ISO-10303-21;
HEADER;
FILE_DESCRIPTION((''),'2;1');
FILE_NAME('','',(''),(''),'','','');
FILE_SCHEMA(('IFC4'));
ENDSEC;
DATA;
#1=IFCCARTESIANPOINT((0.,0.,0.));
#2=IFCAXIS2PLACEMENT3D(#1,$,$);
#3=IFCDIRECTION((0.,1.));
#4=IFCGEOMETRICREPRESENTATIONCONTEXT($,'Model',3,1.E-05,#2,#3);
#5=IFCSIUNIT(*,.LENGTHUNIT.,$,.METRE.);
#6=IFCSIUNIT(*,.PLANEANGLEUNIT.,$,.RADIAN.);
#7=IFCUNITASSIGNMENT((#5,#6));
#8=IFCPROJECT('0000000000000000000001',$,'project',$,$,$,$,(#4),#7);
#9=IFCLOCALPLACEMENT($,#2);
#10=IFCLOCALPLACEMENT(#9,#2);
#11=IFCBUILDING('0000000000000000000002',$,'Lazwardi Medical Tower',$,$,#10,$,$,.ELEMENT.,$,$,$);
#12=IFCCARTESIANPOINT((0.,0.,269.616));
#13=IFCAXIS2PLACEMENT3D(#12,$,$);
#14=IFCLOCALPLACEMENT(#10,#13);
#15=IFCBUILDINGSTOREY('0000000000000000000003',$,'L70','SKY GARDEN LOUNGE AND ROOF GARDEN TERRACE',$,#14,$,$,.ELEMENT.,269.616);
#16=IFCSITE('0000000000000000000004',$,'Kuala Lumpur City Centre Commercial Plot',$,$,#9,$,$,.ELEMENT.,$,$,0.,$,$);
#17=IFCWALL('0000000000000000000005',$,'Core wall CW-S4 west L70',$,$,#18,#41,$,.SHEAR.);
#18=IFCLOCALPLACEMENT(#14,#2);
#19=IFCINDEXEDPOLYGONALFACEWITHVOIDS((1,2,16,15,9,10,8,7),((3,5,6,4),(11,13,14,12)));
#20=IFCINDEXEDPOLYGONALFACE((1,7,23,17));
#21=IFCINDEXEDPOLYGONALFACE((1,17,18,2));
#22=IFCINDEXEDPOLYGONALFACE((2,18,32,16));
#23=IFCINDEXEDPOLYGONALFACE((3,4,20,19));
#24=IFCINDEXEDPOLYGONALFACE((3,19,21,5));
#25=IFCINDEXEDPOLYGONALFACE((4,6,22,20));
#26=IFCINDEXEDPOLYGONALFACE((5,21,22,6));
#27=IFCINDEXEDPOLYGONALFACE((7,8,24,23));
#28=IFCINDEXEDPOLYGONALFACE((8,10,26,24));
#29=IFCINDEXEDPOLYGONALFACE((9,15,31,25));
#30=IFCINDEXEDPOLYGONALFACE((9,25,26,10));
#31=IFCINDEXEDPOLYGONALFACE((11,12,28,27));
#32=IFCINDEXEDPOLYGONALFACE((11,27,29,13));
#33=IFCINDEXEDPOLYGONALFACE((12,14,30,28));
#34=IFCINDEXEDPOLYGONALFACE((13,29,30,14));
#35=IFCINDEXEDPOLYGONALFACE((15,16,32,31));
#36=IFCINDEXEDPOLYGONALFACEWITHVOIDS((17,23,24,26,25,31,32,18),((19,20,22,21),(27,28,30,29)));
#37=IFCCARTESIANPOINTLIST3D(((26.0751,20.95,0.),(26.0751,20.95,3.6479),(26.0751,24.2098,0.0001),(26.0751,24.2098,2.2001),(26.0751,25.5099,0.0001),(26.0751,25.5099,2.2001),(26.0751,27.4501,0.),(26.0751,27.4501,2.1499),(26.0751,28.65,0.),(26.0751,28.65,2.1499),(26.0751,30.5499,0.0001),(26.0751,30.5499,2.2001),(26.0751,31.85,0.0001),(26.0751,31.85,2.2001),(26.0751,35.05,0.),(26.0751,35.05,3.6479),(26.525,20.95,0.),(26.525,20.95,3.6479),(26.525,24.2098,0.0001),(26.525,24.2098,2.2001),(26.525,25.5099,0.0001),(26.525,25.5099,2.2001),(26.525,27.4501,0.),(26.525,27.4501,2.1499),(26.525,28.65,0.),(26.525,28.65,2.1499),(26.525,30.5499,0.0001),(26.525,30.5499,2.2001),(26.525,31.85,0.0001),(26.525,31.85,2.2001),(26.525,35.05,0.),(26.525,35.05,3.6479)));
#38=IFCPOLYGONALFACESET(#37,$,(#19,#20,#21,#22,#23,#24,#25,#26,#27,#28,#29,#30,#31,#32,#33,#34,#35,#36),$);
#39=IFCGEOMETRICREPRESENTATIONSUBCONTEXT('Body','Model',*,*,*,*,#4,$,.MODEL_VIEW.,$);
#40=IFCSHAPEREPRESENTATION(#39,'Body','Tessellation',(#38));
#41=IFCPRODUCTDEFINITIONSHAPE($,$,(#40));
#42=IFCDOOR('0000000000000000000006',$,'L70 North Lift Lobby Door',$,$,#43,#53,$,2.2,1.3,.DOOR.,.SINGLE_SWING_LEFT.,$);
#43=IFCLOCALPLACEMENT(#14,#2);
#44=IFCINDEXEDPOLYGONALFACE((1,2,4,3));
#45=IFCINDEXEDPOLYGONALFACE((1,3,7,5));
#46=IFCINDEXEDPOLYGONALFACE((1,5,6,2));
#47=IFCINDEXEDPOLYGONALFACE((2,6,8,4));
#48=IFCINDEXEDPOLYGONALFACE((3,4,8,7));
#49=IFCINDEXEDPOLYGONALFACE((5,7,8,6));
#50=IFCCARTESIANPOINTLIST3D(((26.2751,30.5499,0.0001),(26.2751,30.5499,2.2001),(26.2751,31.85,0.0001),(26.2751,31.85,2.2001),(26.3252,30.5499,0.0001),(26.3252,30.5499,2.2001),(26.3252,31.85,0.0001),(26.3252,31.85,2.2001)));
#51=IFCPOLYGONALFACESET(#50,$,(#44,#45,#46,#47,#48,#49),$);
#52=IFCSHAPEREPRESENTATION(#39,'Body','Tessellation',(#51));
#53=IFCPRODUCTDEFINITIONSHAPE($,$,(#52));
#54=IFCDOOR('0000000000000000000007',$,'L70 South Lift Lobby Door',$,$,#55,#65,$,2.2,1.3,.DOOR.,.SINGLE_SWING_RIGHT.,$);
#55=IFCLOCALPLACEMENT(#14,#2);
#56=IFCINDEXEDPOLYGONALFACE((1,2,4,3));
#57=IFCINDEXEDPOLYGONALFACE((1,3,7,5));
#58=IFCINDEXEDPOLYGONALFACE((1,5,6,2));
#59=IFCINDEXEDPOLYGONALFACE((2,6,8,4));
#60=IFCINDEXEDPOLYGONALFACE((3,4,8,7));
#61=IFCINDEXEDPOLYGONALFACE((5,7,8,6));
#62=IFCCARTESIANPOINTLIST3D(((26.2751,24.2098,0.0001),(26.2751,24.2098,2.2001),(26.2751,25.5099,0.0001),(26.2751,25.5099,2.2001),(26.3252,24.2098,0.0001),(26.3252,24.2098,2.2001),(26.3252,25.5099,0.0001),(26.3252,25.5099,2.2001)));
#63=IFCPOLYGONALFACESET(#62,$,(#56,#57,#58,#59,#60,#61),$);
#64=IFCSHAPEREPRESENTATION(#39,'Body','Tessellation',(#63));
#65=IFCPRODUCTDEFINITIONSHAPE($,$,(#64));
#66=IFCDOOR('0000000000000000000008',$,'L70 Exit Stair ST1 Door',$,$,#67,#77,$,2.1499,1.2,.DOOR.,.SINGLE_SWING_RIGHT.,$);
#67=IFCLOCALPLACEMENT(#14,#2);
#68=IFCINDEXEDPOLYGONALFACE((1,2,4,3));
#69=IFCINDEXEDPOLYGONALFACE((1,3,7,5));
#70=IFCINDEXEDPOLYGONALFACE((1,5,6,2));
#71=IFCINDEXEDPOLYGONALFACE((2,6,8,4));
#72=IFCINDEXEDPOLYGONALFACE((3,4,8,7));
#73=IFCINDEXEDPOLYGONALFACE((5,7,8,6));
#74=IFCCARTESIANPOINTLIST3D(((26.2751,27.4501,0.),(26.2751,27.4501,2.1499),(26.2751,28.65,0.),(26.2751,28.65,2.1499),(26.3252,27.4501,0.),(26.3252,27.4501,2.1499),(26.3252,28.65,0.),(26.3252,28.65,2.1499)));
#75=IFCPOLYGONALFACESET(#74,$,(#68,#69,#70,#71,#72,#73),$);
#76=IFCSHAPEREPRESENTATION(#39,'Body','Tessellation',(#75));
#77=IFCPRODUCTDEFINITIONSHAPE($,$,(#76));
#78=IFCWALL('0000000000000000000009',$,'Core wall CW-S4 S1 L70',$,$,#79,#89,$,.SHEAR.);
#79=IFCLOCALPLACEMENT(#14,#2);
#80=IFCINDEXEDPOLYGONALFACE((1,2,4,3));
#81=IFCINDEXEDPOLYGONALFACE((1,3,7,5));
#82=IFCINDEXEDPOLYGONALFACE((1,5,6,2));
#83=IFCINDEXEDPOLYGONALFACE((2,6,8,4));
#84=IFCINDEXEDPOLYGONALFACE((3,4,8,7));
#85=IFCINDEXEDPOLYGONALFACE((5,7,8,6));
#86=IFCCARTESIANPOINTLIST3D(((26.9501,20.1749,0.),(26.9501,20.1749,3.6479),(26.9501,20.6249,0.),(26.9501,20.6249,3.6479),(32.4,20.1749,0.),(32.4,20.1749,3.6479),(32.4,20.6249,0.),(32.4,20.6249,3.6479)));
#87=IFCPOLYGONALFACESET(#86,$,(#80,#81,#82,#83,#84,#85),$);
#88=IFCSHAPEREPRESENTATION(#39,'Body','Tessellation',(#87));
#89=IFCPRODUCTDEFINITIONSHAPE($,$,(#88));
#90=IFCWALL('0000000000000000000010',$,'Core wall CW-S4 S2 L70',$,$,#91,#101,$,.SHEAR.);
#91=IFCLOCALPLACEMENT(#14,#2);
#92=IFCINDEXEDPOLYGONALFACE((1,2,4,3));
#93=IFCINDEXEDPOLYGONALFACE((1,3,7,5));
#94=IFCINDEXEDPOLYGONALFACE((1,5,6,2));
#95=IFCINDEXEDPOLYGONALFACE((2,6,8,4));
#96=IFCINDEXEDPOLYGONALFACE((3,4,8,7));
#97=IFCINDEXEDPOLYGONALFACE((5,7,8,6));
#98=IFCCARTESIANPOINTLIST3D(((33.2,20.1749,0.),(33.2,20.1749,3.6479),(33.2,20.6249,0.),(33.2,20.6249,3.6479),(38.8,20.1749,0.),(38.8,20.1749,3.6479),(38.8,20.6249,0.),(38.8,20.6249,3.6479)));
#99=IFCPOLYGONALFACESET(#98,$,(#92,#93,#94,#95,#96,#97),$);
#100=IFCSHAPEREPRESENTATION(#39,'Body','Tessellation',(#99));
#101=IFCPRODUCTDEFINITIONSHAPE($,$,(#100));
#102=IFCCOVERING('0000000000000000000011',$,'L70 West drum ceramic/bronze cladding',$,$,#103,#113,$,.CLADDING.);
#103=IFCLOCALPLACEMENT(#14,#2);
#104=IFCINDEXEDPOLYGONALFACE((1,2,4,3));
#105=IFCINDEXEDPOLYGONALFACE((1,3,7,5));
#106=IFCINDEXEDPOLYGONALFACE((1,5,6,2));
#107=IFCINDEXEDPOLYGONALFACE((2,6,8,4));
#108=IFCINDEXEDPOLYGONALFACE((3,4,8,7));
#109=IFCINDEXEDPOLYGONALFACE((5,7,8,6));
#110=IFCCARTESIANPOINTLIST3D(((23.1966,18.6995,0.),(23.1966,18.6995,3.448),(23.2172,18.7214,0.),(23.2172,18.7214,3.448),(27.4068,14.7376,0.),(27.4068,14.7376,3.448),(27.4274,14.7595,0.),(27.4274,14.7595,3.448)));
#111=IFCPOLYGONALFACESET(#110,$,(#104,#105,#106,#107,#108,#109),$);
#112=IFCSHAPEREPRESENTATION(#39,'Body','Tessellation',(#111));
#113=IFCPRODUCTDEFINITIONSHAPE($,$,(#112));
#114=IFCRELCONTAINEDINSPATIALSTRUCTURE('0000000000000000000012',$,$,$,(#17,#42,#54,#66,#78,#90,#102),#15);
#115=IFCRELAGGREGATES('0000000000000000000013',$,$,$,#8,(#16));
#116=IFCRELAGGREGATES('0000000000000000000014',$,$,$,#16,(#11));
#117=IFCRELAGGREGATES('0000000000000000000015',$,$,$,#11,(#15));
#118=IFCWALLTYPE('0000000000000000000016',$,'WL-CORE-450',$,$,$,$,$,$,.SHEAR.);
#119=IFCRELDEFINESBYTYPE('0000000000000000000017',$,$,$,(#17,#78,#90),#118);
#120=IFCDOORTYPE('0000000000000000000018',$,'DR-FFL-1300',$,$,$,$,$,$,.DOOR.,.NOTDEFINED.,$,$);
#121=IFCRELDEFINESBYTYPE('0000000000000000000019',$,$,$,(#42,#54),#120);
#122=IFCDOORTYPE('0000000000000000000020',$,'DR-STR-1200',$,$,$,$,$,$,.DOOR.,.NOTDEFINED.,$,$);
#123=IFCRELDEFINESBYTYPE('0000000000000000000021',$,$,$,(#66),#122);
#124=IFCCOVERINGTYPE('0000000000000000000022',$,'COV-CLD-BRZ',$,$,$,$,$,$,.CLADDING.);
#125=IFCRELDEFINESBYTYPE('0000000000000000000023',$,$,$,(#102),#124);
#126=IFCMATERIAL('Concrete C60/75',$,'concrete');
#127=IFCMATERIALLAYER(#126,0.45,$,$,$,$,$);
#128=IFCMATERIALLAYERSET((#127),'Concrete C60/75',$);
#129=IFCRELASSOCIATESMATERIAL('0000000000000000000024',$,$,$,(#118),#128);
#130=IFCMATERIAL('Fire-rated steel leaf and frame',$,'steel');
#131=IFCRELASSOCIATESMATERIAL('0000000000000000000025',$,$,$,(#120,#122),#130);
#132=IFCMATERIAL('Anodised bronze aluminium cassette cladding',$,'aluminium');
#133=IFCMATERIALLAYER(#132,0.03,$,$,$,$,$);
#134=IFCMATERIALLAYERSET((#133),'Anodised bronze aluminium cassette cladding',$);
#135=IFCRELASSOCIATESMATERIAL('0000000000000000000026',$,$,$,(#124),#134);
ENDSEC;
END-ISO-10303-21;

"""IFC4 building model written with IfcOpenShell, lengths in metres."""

from ifc_helpers import new_model, si_unit, direction, frame, frame_2d, origin, origin_2d, place, context, subcontext, project, spatial, rectangle, extrude, material, layer, layer_set, type_object, element, fill, save


model = new_model("IFC4")

# Units and contexts
model_context = context("Model", 3, precision=1e-05, world=origin(), true_north=direction((0.0, 1.0)))
body_context = subcontext(model_context, "Body", "Model", "MODEL_VIEW")
ifc_project = project(units=[si_unit("LENGTHUNIT", "METRE"), si_unit("PLANEANGLEUNIT", "RADIAN")], contexts=[model_context])

# Site, building, storey
site_placement = place(None, origin())
site = spatial("IfcSite", under=ifc_project, at=site_placement, Name="Kuala Lumpur City Centre Commercial Plot", CompositionType="ELEMENT", RefElevation=0.0)
building_placement = place(site_placement, origin())
building = spatial("IfcBuilding", under=site, at=building_placement, Name="Lazwardi Medical Tower", CompositionType="ELEMENT")
storey_placement = place(building_placement, frame((0.0, 0.0, 269.616)))
storey = spatial("IfcBuildingStorey", under=building, at=storey_placement, Name="L70", Description="SKY GARDEN LOUNGE AND ROOF GARDEN TERRACE", CompositionType="ELEMENT", Elevation=269.616)

# Shared definitions
ifc_material_1 = material(Name="Concrete C60/75", Category="concrete")

# Wall, openings, doors
ifc_layer_1 = layer(ifc_material_1, 0.45)
ifc_layer_set_1 = layer_set([ifc_layer_1], Name="Concrete C60/75")
wall_type_1 = type_object("IfcWallType", Name="WL-CORE-450", PredefinedType="SHEAR", material=ifc_layer_set_1)
wall_1_placement = place(storey_placement, frame((26.3, 20.95, 0.0), z_axis=(0.0, 0.0, 1.0), x_axis=(0.0, 1.0, 0.0)))
wall_1 = element("IfcWall", 1, at=wall_1_placement, inside=storey, type_object=wall_type_1, Name="Core wall CW-S4 west L70", PredefinedType="SHEAR", context=body_context, shape_type="SweptSolid", body=[
    extrude(rectangle(XDim=14.1001, YDim=0.45, at=frame_2d((7.05, 0.0))), origin(), (0.0, 0.0, 1.0), 3.6479),
])
opening_1_placement = place(wall_1_placement, frame((6.5, 0.0, 0.0)))
opening_1 = element("IfcOpeningElement", 2, at=opening_1_placement, cuts=wall_1, PredefinedType="OPENING", context=body_context, shape_type="SweptSolid", body=[
    extrude(rectangle(XDim=1.2, YDim=2.1499, at=frame_2d((0.6001, 1.075))), frame((0.0, 0.2349, 0.0), z_axis=(0.0, -1.0, 0.0), x_axis=(1.0, 0.0, 0.0)), (0.0, 0.0, 1.0), 0.47),
])
opening_2_placement = place(wall_1_placement, frame((9.6001, 0.0, 0.0)))
opening_2 = element("IfcOpeningElement", 3, at=opening_2_placement, cuts=wall_1, PredefinedType="OPENING", context=body_context, shape_type="SweptSolid", body=[
    extrude(rectangle(XDim=1.3, YDim=2.2, at=frame_2d((0.6499, 1.1001))), frame((0.0, 0.2349, 0.0), z_axis=(0.0, -1.0, 0.0), x_axis=(1.0, 0.0, 0.0)), (0.0, 0.0, 1.0), 0.47),
])
opening_3_placement = place(wall_1_placement, frame((3.26, 0.0, 0.0)))
opening_3 = element("IfcOpeningElement", 4, at=opening_3_placement, cuts=wall_1, PredefinedType="OPENING", context=body_context, shape_type="SweptSolid", body=[
    extrude(rectangle(XDim=1.3, YDim=2.2, at=frame_2d((0.6499, 1.1001))), frame((0.0, 0.2349, 0.0), z_axis=(0.0, -1.0, 0.0), x_axis=(1.0, 0.0, 0.0)), (0.0, 0.0, 1.0), 0.47),
])
ifc_material_2 = material(Name="Fire-rated steel leaf and frame", Category="steel")
door_type_1 = type_object("IfcDoorType", Name="DR-FFL-1300", OperationType="NOTDEFINED", PredefinedType="DOOR", material=ifc_material_2)
door_1_placement = place(opening_2_placement, origin())
door_1 = element("IfcDoor", 5, at=door_1_placement, inside=storey, type_object=door_type_1, Name="L70 North Lift Lobby Door", OperationType="SINGLE_SWING_LEFT", OverallHeight=2.2, OverallWidth=1.3, PredefinedType="DOOR", context=body_context, shape_type="SweptSolid", body=[
    extrude(rectangle(XDim=1.3, YDim=2.2, at=frame_2d((0.6499, 1.1001))), frame((0.0, 0.0249, 0.0), z_axis=(0.0, -1.0, 0.0), x_axis=(1.0, 0.0, 0.0)), (0.0, 0.0, 1.0), 0.05),
])
fill(opening_2, door_1)
door_2_placement = place(opening_3_placement, origin())
door_2 = element("IfcDoor", 6, at=door_2_placement, inside=storey, type_object=door_type_1, Name="L70 South Lift Lobby Door", OperationType="SINGLE_SWING_RIGHT", OverallHeight=2.2, OverallWidth=1.3, PredefinedType="DOOR", context=body_context, shape_type="SweptSolid", body=[
    extrude(rectangle(XDim=1.3, YDim=2.2, at=frame_2d((0.6499, 1.1001))), frame((0.0, 0.0249, 0.0), z_axis=(0.0, -1.0, 0.0), x_axis=(1.0, 0.0, 0.0)), (0.0, 0.0, 1.0), 0.05),
])
fill(opening_3, door_2)
door_type_2 = type_object("IfcDoorType", Name="DR-STR-1200", OperationType="NOTDEFINED", PredefinedType="DOOR", material=ifc_material_2)
door_3_placement = place(opening_1_placement, origin())
door_3 = element("IfcDoor", 7, at=door_3_placement, inside=storey, type_object=door_type_2, Name="L70 Exit Stair ST1 Door", OperationType="SINGLE_SWING_RIGHT", OverallHeight=2.1499, OverallWidth=1.2, PredefinedType="DOOR", context=body_context, shape_type="SweptSolid", body=[
    extrude(rectangle(XDim=1.2, YDim=2.1499, at=frame_2d((0.6001, 1.075))), frame((0.0, 0.0249, 0.0), z_axis=(0.0, -1.0, 0.0), x_axis=(1.0, 0.0, 0.0)), (0.0, 0.0, 1.0), 0.05),
])
fill(opening_1, door_3)

# Walls
wall_2_placement = place(storey_placement, frame((26.95, 20.3999, 0.0), z_axis=(0.0, 0.0, 1.0), x_axis=(1.0, 0.0, 0.0)))
element("IfcWall", 8, at=wall_2_placement, inside=storey, type_object=wall_type_1, Name="Core wall CW-S4 S1 L70", PredefinedType="SHEAR", context=body_context, shape_type="SweptSolid", body=[
    extrude(rectangle(XDim=5.45, YDim=0.45, at=frame_2d((2.7251, 0.0))), origin(), (0.0, 0.0, 1.0), 3.6479),
])
wall_3_placement = place(storey_placement, frame((33.2, 20.3999, 0.0), z_axis=(0.0, 0.0, 1.0), x_axis=(1.0, 0.0, 0.0)))
element("IfcWall", 9, at=wall_3_placement, inside=storey, type_object=wall_type_1, Name="Core wall CW-S4 S2 L70", PredefinedType="SHEAR", context=body_context, shape_type="SweptSolid", body=[
    extrude(rectangle(XDim=5.6001, YDim=0.45, at=frame_2d((2.8, 0.0))), origin(), (0.0, 0.0, 1.0), 3.6479),
])

# Covering
ifc_material_3 = material(Name="Anodised bronze aluminium cassette cladding", Category="aluminium")
ifc_layer_2 = layer(ifc_material_3, 0.03)
ifc_layer_set_2 = layer_set([ifc_layer_2], Name="Anodised bronze aluminium cassette cladding")
covering_type = type_object("IfcCoveringType", Name="COV-CLD-BRZ", PredefinedType="CLADDING", material=ifc_layer_set_2)
covering_placement = place(storey_placement, frame((25.312, 16.7295, 0.0), z_axis=(0.0, 0.0, 1.0), x_axis=(0.728255, -0.685306, 0.0)))
element("IfcCovering", 10, at=covering_placement, inside=storey, type_object=covering_type, Name="L70 West drum ceramic/bronze cladding", PredefinedType="CLADDING", context=body_context, shape_type="SweptSolid", body=[
    extrude(rectangle(XDim=5.7812, YDim=0.03, at=origin_2d()), origin(), (0.0, 0.0, 1.0), 3.448),
])

save(model, "model.ifc")
